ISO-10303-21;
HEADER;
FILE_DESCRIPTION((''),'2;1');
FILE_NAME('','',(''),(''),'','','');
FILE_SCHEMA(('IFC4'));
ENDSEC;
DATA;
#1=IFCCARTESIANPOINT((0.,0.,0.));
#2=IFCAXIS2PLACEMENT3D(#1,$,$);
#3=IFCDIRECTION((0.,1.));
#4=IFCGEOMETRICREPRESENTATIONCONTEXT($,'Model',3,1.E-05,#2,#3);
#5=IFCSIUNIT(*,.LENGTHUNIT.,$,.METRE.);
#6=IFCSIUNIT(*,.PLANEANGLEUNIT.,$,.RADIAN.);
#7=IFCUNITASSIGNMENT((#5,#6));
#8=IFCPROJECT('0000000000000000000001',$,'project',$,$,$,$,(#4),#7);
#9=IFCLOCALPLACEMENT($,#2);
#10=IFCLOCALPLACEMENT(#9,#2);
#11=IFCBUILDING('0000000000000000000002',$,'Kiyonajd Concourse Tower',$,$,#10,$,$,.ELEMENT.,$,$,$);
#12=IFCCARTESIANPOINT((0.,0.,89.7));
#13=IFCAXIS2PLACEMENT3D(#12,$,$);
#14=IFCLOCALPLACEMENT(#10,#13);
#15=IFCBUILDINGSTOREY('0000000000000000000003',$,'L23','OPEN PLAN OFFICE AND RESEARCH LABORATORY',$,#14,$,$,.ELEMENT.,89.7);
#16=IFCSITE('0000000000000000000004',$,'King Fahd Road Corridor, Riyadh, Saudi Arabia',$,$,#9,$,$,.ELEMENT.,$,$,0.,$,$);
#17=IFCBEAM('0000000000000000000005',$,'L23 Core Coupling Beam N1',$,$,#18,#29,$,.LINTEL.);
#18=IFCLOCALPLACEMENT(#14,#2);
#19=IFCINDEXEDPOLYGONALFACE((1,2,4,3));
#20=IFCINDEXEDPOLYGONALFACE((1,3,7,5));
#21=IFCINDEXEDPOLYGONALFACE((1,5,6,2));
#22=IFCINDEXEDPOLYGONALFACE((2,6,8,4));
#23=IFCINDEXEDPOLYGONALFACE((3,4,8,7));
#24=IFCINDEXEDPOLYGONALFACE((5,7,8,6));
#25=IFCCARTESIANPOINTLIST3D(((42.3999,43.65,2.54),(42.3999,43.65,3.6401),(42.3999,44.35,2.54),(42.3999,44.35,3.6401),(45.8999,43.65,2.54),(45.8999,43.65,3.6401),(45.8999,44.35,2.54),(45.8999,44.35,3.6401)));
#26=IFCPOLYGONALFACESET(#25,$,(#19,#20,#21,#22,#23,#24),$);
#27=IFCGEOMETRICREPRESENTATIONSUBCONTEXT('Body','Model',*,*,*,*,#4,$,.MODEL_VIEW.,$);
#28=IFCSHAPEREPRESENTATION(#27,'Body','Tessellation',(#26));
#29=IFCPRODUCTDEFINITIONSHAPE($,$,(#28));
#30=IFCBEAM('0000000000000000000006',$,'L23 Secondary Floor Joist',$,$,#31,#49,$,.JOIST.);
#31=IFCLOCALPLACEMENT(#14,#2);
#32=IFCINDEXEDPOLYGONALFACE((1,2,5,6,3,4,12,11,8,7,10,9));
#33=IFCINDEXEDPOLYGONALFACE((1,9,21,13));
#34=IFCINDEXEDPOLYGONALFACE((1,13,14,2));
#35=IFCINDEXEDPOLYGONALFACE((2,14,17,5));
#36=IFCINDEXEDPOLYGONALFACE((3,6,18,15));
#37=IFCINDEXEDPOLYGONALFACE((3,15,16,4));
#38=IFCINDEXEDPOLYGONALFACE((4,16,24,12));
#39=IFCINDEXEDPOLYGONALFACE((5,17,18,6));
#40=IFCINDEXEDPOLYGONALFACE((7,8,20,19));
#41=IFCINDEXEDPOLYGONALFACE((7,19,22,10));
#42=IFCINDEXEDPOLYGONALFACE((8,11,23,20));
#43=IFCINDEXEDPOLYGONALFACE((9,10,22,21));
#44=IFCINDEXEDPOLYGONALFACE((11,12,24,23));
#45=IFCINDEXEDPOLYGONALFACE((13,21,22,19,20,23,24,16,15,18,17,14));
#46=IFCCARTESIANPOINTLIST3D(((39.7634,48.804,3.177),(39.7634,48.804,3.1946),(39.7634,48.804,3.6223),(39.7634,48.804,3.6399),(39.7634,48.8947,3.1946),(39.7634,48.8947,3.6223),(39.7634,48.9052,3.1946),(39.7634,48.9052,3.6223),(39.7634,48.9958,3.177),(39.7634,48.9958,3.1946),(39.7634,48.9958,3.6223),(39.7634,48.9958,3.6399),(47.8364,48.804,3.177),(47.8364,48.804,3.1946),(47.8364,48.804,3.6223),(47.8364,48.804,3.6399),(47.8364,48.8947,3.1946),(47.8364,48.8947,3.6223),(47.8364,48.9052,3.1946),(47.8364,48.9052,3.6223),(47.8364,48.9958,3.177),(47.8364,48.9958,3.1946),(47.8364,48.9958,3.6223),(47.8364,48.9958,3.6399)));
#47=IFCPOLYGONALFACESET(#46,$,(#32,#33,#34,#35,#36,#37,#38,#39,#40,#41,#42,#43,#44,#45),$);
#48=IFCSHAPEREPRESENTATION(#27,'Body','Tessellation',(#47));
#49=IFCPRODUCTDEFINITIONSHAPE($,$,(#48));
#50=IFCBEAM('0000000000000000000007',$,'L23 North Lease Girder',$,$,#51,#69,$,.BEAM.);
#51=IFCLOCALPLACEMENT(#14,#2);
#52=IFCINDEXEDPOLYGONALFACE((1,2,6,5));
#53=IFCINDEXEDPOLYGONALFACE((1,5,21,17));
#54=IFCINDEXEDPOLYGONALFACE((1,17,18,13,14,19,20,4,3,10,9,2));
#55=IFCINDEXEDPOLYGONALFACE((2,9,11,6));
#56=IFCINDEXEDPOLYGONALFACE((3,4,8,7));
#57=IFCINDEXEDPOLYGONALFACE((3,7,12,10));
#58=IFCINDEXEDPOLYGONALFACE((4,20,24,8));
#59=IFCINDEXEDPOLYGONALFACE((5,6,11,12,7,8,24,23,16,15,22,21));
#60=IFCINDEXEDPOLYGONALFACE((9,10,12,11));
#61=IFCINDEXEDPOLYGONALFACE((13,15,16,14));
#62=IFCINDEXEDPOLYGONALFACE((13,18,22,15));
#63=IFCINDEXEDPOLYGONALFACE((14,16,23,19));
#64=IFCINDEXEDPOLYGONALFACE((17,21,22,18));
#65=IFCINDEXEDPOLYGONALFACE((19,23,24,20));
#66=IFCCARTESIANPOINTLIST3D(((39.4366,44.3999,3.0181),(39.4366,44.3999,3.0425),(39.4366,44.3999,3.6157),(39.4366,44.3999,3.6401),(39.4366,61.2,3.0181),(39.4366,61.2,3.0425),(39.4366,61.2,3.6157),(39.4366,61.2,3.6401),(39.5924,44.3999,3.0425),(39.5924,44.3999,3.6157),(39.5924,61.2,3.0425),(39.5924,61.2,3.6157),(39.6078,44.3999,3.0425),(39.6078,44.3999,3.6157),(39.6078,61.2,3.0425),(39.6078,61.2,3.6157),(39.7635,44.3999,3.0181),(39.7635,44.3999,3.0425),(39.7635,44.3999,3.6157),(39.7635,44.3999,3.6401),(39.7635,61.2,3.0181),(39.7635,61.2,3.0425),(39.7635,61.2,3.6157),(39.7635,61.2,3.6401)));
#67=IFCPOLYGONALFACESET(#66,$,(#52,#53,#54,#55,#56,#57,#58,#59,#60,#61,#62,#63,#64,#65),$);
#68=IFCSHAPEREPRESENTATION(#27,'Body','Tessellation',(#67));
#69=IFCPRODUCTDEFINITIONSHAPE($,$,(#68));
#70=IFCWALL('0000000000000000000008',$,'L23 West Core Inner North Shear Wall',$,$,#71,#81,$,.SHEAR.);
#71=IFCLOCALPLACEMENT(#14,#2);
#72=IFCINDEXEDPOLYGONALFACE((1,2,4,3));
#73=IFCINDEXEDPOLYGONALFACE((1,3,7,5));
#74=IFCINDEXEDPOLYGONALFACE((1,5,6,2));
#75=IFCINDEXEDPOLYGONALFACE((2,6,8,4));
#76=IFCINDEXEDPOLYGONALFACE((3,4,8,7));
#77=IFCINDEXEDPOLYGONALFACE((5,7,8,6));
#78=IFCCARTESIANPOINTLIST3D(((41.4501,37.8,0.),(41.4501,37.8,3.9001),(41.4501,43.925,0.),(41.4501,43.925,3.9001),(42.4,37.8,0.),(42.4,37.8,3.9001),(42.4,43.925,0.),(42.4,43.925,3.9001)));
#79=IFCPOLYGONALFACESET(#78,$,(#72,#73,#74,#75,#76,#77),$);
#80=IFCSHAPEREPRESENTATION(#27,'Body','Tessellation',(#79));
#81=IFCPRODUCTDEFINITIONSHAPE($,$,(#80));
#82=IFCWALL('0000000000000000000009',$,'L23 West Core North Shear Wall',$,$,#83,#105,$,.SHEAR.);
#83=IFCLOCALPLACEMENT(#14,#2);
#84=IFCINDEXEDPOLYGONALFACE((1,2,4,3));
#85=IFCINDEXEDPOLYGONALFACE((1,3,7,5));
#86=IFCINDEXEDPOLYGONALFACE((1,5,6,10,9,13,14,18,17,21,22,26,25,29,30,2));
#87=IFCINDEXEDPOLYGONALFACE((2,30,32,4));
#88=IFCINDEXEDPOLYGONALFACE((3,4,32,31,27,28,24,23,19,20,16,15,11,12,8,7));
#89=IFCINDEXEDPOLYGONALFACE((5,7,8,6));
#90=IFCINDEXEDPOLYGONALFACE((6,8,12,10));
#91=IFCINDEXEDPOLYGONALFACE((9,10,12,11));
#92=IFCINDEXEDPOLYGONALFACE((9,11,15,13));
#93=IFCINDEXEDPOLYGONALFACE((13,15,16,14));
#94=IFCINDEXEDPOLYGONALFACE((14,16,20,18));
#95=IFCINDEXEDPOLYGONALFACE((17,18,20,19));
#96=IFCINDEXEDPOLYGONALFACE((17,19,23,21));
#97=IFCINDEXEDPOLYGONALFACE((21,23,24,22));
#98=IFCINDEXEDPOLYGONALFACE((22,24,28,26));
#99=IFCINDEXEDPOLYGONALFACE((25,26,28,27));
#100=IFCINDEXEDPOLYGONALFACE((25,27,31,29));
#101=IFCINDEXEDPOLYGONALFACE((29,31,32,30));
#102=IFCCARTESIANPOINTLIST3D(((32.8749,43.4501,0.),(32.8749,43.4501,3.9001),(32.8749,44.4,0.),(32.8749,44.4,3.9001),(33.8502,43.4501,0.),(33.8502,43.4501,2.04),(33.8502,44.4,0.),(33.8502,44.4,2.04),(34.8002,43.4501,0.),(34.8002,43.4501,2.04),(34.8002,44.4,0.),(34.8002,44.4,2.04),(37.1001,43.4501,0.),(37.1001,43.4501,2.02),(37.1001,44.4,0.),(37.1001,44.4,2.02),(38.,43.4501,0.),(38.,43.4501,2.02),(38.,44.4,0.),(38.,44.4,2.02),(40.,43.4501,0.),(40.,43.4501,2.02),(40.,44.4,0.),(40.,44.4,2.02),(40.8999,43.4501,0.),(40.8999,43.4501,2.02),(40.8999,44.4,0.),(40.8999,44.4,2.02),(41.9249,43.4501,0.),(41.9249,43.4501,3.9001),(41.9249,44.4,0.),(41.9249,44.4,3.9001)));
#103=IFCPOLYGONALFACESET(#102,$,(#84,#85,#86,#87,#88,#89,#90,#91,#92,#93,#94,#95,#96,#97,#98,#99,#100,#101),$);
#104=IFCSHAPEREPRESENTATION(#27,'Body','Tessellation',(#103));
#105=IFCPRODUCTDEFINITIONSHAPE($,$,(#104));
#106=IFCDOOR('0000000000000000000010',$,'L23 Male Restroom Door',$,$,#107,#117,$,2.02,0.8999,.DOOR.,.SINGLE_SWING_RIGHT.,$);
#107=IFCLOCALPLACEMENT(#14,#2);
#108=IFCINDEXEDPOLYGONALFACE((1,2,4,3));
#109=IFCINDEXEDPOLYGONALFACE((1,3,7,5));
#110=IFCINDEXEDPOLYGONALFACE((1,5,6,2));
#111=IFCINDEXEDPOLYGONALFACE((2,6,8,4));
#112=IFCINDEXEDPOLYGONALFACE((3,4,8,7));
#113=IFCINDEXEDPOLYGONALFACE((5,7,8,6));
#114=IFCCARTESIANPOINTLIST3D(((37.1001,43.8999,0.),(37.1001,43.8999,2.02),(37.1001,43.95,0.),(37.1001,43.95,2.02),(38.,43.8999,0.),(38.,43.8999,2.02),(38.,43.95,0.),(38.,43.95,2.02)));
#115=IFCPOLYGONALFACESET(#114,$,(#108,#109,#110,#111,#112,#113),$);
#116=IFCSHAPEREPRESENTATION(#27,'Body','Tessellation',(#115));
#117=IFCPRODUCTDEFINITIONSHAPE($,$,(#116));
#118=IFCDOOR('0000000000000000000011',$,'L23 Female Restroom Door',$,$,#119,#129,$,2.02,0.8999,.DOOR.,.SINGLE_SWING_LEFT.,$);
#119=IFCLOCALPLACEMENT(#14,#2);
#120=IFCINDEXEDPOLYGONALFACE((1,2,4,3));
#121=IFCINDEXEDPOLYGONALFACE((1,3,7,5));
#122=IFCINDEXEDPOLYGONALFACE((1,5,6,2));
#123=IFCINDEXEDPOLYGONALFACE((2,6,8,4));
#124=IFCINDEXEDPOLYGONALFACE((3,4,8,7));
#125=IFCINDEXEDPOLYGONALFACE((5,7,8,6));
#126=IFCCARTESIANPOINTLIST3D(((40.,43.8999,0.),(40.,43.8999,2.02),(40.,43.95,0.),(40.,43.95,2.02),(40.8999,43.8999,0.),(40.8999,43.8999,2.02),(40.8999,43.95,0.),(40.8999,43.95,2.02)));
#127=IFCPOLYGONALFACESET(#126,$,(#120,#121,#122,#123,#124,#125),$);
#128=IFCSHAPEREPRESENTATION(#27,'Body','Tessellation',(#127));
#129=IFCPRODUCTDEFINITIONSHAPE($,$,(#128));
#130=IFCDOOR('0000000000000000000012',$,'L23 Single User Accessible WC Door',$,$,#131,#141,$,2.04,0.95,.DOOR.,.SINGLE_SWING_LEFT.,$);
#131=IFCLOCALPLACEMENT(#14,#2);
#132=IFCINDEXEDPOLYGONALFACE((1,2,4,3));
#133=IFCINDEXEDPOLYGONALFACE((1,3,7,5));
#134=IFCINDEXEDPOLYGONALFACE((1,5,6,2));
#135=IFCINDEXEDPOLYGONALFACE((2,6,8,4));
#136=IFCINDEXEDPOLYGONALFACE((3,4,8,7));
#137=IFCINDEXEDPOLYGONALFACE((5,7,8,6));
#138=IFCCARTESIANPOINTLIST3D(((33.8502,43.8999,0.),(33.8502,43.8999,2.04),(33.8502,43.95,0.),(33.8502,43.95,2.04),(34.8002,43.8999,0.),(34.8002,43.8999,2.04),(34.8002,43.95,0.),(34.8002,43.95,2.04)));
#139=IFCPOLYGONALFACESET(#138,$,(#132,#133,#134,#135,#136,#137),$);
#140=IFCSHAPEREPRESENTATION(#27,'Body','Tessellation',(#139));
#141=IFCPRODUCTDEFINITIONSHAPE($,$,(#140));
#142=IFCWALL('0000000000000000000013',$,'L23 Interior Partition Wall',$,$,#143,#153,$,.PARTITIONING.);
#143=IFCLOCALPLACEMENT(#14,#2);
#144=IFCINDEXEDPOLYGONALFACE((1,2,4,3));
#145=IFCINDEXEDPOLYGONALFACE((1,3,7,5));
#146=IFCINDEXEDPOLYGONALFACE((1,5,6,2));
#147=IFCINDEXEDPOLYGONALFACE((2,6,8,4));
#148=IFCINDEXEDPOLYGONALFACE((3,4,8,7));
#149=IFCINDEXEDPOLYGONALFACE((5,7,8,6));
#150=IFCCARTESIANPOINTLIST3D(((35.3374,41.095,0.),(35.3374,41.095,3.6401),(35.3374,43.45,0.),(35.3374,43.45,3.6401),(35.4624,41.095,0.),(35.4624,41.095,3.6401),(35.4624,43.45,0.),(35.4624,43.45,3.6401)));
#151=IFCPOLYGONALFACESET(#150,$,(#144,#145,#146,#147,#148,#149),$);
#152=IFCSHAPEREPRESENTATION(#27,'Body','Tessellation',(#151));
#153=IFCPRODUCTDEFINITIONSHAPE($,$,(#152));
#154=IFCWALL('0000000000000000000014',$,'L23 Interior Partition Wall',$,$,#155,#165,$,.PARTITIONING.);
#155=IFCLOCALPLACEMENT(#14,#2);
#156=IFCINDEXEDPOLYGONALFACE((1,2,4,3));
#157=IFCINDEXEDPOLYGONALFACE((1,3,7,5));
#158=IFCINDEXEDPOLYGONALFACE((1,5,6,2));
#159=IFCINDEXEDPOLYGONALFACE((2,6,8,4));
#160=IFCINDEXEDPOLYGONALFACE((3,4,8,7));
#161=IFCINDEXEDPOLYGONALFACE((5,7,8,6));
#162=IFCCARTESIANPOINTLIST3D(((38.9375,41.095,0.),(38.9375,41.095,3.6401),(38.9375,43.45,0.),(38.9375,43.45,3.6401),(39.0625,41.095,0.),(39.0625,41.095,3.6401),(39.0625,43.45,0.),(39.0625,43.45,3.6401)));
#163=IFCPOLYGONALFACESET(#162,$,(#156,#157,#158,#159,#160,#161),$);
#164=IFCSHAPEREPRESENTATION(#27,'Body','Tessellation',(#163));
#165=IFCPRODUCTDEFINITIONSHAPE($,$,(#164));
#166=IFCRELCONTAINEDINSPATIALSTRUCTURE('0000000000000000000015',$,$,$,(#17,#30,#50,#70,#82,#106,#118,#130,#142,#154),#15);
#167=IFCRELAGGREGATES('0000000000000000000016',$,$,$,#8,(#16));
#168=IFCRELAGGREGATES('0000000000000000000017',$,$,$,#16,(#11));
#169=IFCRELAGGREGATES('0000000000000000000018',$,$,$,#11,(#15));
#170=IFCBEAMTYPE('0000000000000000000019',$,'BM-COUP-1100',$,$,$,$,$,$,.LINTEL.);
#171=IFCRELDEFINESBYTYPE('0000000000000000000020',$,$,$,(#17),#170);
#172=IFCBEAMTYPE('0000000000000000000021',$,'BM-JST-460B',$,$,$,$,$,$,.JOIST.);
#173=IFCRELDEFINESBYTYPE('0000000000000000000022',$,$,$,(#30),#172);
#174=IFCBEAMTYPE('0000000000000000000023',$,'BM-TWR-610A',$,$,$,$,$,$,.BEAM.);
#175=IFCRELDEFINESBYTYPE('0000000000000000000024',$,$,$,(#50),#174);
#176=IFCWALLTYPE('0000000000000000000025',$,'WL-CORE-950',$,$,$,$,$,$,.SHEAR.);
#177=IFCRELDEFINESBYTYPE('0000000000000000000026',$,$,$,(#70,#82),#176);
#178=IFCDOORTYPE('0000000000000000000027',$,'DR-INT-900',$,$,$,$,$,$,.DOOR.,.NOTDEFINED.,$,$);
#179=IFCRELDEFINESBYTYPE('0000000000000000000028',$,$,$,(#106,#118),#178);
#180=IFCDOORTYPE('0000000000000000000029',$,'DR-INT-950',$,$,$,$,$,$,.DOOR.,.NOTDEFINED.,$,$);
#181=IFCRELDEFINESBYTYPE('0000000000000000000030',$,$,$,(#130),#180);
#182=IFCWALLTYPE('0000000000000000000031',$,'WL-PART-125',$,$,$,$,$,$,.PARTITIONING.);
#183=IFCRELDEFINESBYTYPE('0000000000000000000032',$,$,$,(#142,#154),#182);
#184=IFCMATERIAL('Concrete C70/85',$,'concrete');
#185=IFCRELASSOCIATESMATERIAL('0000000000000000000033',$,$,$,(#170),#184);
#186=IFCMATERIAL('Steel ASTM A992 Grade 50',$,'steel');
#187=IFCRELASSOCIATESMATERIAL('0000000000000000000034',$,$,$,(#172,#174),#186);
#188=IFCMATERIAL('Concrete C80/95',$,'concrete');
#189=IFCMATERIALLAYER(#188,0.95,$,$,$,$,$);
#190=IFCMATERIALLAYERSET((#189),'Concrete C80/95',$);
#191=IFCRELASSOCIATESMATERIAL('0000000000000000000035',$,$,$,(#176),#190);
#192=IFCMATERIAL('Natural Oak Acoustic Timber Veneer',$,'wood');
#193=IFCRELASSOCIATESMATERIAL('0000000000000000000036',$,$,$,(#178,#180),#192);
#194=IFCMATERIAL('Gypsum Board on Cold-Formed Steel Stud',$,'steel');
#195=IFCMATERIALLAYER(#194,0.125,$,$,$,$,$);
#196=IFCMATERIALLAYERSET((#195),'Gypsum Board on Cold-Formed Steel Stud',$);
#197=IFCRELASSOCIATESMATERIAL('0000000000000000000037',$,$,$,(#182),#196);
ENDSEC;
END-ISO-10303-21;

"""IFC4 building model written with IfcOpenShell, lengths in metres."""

from ifc_helpers import new_model, si_unit, direction, frame, frame_2d, origin, origin_2d, place, context, subcontext, project, spatial, rectangle, i_section, extrude, material, layer, layer_set, material_profile, profile_set, type_object, element, fill, save


model = new_model("IFC4")

# Units and contexts
model_context = context("Model", 3, precision=1e-05, world=origin(), true_north=direction((0.0, 1.0)))
body_context = subcontext(model_context, "Body", "Model", "MODEL_VIEW")
ifc_project = project(units=[si_unit("LENGTHUNIT", "METRE"), si_unit("PLANEANGLEUNIT", "RADIAN")], contexts=[model_context])

# Site, building, storey
site_placement = place(None, origin())
site = spatial("IfcSite", under=ifc_project, at=site_placement, Name="King Fahd Road Corridor, Riyadh, Saudi Arabia", CompositionType="ELEMENT", RefElevation=0.0)
building_placement = place(site_placement, origin())
building = spatial("IfcBuilding", under=site, at=building_placement, Name="Kiyonajd Concourse Tower", CompositionType="ELEMENT")
storey_placement = place(building_placement, frame((0.0, 0.0, 89.7)))
storey = spatial("IfcBuildingStorey", under=building, at=storey_placement, Name="L23", Description="OPEN PLAN OFFICE AND RESEARCH LABORATORY", CompositionType="ELEMENT", Elevation=89.7)

# Beams
ifc_material_1 = material(Name="Concrete C70/85", Category="concrete")
ifc_material_profile_1 = material_profile(ifc_material_1, rectangle(XDim=0.7, YDim=1.1001, at=origin_2d()), Name="RCBM-700x1100")
ifc_profile_set_1 = profile_set([ifc_material_profile_1], Name="Concrete C70/85")
beam_type_1 = type_object("IfcBeamType", Name="BM-COUP-1100", PredefinedType="LINTEL", material=ifc_profile_set_1)
beam_1_placement = place(storey_placement, frame((42.3999, 44.0, 3.0901), z_axis=(1.0, 0.0, 0.0), x_axis=(0.0, 1.0, 0.0)))
element("IfcBeam", 1, at=beam_1_placement, inside=storey, type_object=beam_type_1, Name="L23 Core Coupling Beam N1", PredefinedType="LINTEL", context=body_context, shape_type="SweptSolid", body=[
    extrude(rectangle(XDim=0.7, YDim=1.1001, at=origin_2d()), origin(), (0.0, 0.0, 1.0), 3.5),
])
ifc_material_2 = material(Name="Steel ASTM A992 Grade 50", Category="steel")
ifc_material_profile_2 = material_profile(ifc_material_2, i_section(OverallWidth=0.1919, OverallDepth=0.4629, WebThickness=0.0105, FlangeThickness=0.0176, at=origin_2d()), Name="W460X89")
ifc_profile_set_2 = profile_set([ifc_material_profile_2], Name="Steel ASTM A992 Grade 50")
beam_type_2 = type_object("IfcBeamType", Name="BM-JST-460B", PredefinedType="JOIST", material=ifc_profile_set_2)
beam_2_placement = place(storey_placement, frame((39.7634, 48.8999, 3.4084), z_axis=(1.0, 0.0, 0.0), x_axis=(0.0, 1.0, 0.0)))
element("IfcBeam", 2, at=beam_2_placement, inside=storey, type_object=beam_type_2, Name="L23 Secondary Floor Joist", PredefinedType="JOIST", context=body_context, shape_type="SweptSolid", body=[
    extrude(i_section(OverallWidth=0.1919, OverallDepth=0.4629, WebThickness=0.0105, FlangeThickness=0.0176, at=origin_2d()), origin(), (0.0, 0.0, 1.0), 8.073),
])
ifc_material_profile_3 = material_profile(ifc_material_2, i_section(OverallWidth=0.3269, OverallDepth=0.6221, WebThickness=0.0154, FlangeThickness=0.0244, at=origin_2d()), Name="W610X195")
ifc_profile_set_3 = profile_set([ifc_material_profile_3], Name="Steel ASTM A992 Grade 50")
beam_type_3 = type_object("IfcBeamType", Name="BM-TWR-610A", PredefinedType="BEAM", material=ifc_profile_set_3)
beam_3_placement = place(storey_placement, frame((39.6001, 44.3999, 3.3291), z_axis=(0.0, 1.0, 0.0), x_axis=(-1.0, 0.0, 0.0)))
element("IfcBeam", 3, at=beam_3_placement, inside=storey, type_object=beam_type_3, Name="L23 North Lease Girder", PredefinedType="BEAM", context=body_context, shape_type="SweptSolid", body=[
    extrude(i_section(OverallWidth=0.3269, OverallDepth=0.6221, WebThickness=0.0154, FlangeThickness=0.0244, at=origin_2d()), origin(), (0.0, 0.0, 1.0), 16.8),
])

# Wall
ifc_material_3 = material(Name="Concrete C80/95", Category="concrete")
ifc_layer_1 = layer(ifc_material_3, 0.95)
ifc_layer_set_1 = layer_set([ifc_layer_1], Name="Concrete C80/95")
wall_type_1 = type_object("IfcWallType", Name="WL-CORE-950", PredefinedType="SHEAR", material=ifc_layer_set_1)
wall_1_placement = place(storey_placement, frame((41.925, 37.8, 0.0), z_axis=(0.0, 0.0, 1.0), x_axis=(0.0, 1.0, 0.0)))
element("IfcWall", 4, at=wall_1_placement, inside=storey, type_object=wall_type_1, Name="L23 West Core Inner North Shear Wall", PredefinedType="SHEAR", context=body_context, shape_type="SweptSolid", body=[
    extrude(rectangle(XDim=6.125, YDim=0.95, at=frame_2d((3.0625, 0.0))), origin(), (0.0, 0.0, 1.0), 3.9001),
])

# Wall, openings, doors
wall_2_placement = place(storey_placement, frame((32.875, 43.925, 0.0), z_axis=(0.0, 0.0, 1.0), x_axis=(1.0, 0.0, 0.0)))
wall_2 = element("IfcWall", 5, at=wall_2_placement, inside=storey, type_object=wall_type_1, Name="L23 West Core North Shear Wall", PredefinedType="SHEAR", context=body_context, shape_type="SweptSolid", body=[
    extrude(rectangle(XDim=9.05, YDim=0.95, at=frame_2d((4.5249, 0.0))), origin(), (0.0, 0.0, 1.0), 3.9001),
])
opening_1_placement = place(wall_2_placement, frame((0.9751, 0.0, 0.0)))
opening_1 = element("IfcOpeningElement", 6, at=opening_1_placement, cuts=wall_2, PredefinedType="OPENING", context=body_context, shape_type="SweptSolid", body=[
    extrude(rectangle(XDim=0.95, YDim=2.04, at=frame_2d((0.4751, 1.02))), frame((0.0, 0.4849, 0.0), z_axis=(0.0, -1.0, 0.0), x_axis=(1.0, 0.0, 0.0)), (0.0, 0.0, 1.0), 0.97),
])
opening_2_placement = place(wall_2_placement, frame((4.2251, 0.0, 0.0)))
opening_2 = element("IfcOpeningElement", 7, at=opening_2_placement, cuts=wall_2, PredefinedType="OPENING", context=body_context, shape_type="SweptSolid", body=[
    extrude(rectangle(XDim=0.8999, YDim=2.02, at=frame_2d((0.45, 1.01))), frame((0.0, 0.4849, 0.0), z_axis=(0.0, -1.0, 0.0), x_axis=(1.0, 0.0, 0.0)), (0.0, 0.0, 1.0), 0.97),
])
opening_3_placement = place(wall_2_placement, frame((7.125, 0.0, 0.0)))
opening_3 = element("IfcOpeningElement", 8, at=opening_3_placement, cuts=wall_2, PredefinedType="OPENING", context=body_context, shape_type="SweptSolid", body=[
    extrude(rectangle(XDim=0.8999, YDim=2.02, at=frame_2d((0.45, 1.01))), frame((0.0, 0.4849, 0.0), z_axis=(0.0, -1.0, 0.0), x_axis=(1.0, 0.0, 0.0)), (0.0, 0.0, 1.0), 0.97),
])
ifc_material_4 = material(Name="Natural Oak Acoustic Timber Veneer", Category="wood")
door_type_1 = type_object("IfcDoorType", Name="DR-INT-900", OperationType="NOTDEFINED", PredefinedType="DOOR", material=ifc_material_4)
door_1_placement = place(opening_2_placement, origin())
door_1 = element("IfcDoor", 9, at=door_1_placement, inside=storey, type_object=door_type_1, Name="L23 Male Restroom Door", OperationType="SINGLE_SWING_RIGHT", OverallHeight=2.02, OverallWidth=0.8999, PredefinedType="DOOR", context=body_context, shape_type="SweptSolid", body=[
    extrude(rectangle(XDim=0.8999, YDim=2.02, at=frame_2d((0.45, 1.01))), frame((0.0, 0.0249, 0.0), z_axis=(0.0, -1.0, 0.0), x_axis=(1.0, 0.0, 0.0)), (0.0, 0.0, 1.0), 0.05),
])
fill(opening_2, door_1)
door_2_placement = place(opening_3_placement, origin())
door_2 = element("IfcDoor", 10, at=door_2_placement, inside=storey, type_object=door_type_1, Name="L23 Female Restroom Door", OperationType="SINGLE_SWING_LEFT", OverallHeight=2.02, OverallWidth=0.8999, PredefinedType="DOOR", context=body_context, shape_type="SweptSolid", body=[
    extrude(rectangle(XDim=0.8999, YDim=2.02, at=frame_2d((0.45, 1.01))), frame((0.0, 0.0249, 0.0), z_axis=(0.0, -1.0, 0.0), x_axis=(1.0, 0.0, 0.0)), (0.0, 0.0, 1.0), 0.05),
])
fill(opening_3, door_2)
door_type_2 = type_object("IfcDoorType", Name="DR-INT-950", OperationType="NOTDEFINED", PredefinedType="DOOR", material=ifc_material_4)
door_3_placement = place(opening_1_placement, origin())
door_3 = element("IfcDoor", 11, at=door_3_placement, inside=storey, type_object=door_type_2, Name="L23 Single User Accessible WC Door", OperationType="SINGLE_SWING_LEFT", OverallHeight=2.04, OverallWidth=0.95, PredefinedType="DOOR", context=body_context, shape_type="SweptSolid", body=[
    extrude(rectangle(XDim=0.95, YDim=2.04, at=frame_2d((0.4751, 1.02))), frame((0.0, 0.0249, 0.0), z_axis=(0.0, -1.0, 0.0), x_axis=(1.0, 0.0, 0.0)), (0.0, 0.0, 1.0), 0.05),
])
fill(opening_1, door_3)

# Walls
ifc_material_5 = material(Name="Gypsum Board on Cold-Formed Steel Stud", Category="steel")
ifc_layer_2 = layer(ifc_material_5, 0.125)
ifc_layer_set_2 = layer_set([ifc_layer_2], Name="Gypsum Board on Cold-Formed Steel Stud")
wall_type_2 = type_object("IfcWallType", Name="WL-PART-125", PredefinedType="PARTITIONING", material=ifc_layer_set_2)
for number, where, z_axis, x_axis, name in (
    (12, (35.3999, 41.095, 0.0), (0.0, 0.0, 1.0), (0.0, 1.0, 0.0), "L23 Interior Partition Wall"),
    (13, (39.0, 41.095, 0.0), (0.0, 0.0, 1.0), (0.0, 1.0, 0.0), "L23 Interior Partition Wall"),
):
    element("IfcWall", number, at=place(storey_placement, frame(where, z_axis=z_axis, x_axis=x_axis)), inside=storey, type_object=wall_type_2, Name=name, PredefinedType="PARTITIONING", context=body_context, shape_type="SweptSolid", body=[
        extrude(rectangle(XDim=2.355, YDim=0.125, at=frame_2d((1.1775, 0.0))), origin(), (0.0, 0.0, 1.0), 3.6401),
    ])

save(model, "model.ifc")
